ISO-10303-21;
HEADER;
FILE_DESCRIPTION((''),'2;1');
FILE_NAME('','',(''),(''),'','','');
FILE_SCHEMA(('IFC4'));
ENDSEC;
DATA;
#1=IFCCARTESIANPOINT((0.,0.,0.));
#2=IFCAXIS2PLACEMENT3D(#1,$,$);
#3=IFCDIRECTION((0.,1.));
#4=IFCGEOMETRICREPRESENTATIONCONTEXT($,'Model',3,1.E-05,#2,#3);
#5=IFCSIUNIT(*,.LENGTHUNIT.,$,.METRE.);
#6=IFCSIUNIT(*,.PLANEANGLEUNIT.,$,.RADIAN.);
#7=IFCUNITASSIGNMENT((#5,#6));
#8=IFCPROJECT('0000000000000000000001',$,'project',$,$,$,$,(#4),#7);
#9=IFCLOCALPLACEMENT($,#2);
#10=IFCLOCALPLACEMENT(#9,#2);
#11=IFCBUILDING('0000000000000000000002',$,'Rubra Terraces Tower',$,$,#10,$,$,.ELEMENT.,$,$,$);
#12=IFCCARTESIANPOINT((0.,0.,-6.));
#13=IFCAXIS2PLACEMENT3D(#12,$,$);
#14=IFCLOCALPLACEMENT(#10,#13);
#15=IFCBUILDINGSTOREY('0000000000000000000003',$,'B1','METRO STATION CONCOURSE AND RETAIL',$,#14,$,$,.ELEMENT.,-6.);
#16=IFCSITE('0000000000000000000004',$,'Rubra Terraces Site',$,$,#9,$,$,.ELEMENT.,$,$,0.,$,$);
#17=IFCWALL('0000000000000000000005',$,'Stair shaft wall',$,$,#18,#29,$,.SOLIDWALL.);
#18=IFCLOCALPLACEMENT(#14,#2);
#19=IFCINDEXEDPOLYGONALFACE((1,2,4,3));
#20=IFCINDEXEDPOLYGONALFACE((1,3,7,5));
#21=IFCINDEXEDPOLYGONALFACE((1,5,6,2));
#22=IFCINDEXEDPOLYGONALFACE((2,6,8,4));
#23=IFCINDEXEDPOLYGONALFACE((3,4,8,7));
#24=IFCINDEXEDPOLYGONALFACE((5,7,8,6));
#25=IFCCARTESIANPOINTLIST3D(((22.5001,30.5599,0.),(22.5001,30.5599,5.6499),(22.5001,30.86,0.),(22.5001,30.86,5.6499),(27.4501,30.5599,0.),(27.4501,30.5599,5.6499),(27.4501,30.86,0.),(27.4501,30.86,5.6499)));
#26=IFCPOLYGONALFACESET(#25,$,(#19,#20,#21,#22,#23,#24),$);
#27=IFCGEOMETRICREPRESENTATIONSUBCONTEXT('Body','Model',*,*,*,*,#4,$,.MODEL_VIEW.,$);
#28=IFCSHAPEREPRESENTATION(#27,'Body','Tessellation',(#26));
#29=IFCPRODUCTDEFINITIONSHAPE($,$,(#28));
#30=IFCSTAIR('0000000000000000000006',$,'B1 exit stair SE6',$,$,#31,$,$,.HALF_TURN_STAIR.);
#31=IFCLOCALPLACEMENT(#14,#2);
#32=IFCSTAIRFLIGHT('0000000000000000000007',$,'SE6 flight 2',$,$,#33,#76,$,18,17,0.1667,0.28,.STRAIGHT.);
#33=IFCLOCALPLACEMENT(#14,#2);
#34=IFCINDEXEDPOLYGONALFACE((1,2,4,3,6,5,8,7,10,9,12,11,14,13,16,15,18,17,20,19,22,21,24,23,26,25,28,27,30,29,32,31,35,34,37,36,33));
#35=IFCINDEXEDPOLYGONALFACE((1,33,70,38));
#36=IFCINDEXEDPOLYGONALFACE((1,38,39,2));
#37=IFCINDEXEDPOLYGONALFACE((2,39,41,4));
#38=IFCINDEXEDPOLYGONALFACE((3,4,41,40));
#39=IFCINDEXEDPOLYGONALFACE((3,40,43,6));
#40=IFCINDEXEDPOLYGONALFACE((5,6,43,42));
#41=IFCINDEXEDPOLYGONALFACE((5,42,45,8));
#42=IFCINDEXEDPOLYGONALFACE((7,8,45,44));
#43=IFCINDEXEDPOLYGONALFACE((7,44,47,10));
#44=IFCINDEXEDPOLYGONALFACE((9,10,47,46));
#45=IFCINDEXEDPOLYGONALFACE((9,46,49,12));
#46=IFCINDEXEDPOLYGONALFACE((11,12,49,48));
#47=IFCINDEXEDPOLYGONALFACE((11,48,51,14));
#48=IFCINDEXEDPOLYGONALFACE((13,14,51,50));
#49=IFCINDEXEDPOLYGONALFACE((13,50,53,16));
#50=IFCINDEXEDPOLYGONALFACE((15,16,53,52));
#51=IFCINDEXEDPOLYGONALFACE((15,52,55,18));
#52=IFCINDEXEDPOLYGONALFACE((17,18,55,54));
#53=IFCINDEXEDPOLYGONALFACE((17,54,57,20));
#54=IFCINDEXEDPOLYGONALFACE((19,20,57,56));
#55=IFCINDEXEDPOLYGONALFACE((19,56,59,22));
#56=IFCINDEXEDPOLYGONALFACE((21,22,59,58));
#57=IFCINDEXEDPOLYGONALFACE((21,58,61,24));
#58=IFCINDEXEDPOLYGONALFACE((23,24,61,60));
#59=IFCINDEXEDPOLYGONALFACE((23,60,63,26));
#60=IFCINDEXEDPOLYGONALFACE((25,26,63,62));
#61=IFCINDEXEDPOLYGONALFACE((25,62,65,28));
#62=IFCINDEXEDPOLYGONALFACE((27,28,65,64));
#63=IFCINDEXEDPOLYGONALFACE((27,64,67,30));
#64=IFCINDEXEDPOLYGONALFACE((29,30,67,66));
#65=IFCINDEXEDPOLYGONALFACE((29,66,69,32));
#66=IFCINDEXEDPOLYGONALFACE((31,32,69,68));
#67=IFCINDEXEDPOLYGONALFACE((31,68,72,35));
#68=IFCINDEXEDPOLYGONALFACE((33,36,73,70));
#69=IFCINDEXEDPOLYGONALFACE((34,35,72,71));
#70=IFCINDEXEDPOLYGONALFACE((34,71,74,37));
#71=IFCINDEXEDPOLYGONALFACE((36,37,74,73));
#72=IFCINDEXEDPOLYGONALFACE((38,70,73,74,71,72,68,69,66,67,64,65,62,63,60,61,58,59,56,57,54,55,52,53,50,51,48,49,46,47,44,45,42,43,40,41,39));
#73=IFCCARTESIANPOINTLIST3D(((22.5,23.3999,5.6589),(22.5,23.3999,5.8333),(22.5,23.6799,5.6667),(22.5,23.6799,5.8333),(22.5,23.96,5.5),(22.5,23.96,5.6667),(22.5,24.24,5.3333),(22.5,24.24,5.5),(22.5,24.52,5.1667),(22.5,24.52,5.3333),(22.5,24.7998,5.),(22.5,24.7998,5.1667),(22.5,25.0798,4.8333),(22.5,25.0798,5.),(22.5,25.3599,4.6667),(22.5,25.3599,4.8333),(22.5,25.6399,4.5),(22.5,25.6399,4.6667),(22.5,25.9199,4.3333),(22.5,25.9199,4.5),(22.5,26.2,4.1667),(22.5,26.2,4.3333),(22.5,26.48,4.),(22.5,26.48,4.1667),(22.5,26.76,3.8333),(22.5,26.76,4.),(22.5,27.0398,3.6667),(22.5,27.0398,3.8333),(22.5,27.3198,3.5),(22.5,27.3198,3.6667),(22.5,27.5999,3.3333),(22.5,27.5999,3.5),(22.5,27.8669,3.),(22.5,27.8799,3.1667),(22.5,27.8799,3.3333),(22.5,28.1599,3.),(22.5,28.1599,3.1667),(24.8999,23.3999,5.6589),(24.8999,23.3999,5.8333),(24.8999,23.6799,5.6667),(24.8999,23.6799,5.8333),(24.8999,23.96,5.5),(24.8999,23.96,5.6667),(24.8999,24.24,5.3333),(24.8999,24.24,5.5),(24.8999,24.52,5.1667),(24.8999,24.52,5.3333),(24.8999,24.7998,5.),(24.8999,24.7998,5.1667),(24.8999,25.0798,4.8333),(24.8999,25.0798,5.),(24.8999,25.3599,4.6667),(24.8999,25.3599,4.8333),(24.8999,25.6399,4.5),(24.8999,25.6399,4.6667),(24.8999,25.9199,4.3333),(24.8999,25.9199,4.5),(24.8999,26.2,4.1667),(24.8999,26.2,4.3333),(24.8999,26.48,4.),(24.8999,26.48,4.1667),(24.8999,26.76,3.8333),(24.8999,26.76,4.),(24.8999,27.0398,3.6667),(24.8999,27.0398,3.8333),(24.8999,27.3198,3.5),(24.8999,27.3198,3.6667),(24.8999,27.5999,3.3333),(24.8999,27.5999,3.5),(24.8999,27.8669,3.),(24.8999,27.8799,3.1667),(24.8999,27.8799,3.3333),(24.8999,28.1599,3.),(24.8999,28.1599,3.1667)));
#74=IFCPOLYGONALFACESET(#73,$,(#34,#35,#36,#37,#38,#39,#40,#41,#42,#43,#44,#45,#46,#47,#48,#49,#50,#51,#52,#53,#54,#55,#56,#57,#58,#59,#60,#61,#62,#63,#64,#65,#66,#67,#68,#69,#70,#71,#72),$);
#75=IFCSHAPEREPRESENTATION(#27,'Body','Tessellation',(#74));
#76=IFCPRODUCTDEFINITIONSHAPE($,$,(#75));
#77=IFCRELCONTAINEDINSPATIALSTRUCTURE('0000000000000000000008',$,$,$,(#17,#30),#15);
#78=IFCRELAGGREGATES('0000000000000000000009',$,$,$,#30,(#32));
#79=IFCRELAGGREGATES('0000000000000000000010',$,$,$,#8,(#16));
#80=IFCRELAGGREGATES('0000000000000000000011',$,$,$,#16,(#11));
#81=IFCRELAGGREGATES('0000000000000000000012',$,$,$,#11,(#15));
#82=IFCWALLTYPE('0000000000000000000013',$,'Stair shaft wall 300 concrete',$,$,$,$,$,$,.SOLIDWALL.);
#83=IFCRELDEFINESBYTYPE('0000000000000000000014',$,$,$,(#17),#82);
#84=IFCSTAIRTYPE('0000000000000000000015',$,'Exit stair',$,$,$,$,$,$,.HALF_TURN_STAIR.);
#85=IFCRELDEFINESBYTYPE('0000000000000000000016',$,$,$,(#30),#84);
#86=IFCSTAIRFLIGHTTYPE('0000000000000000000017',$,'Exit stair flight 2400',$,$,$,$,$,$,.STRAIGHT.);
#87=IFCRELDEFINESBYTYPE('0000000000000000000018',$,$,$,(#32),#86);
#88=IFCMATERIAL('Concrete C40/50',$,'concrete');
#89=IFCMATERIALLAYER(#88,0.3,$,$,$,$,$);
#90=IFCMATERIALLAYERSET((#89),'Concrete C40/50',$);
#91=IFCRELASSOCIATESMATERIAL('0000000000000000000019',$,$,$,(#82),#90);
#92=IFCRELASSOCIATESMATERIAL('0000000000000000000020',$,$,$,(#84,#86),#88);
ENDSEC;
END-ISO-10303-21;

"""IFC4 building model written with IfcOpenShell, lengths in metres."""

from ifc_helpers import new_model, si_unit, direction, frame, frame_2d, origin, place, context, subcontext, project, spatial, polyline, rectangle, outline, extrude, material, layer, layer_set, type_object, element, aggregate, save


model = new_model("IFC4")

# Units and contexts
model_context = context("Model", 3, precision=1e-05, world=origin(), true_north=direction((0.0, 1.0)))
body_context = subcontext(model_context, "Body", "Model", "MODEL_VIEW")
ifc_project = project(units=[si_unit("LENGTHUNIT", "METRE"), si_unit("PLANEANGLEUNIT", "RADIAN")], contexts=[model_context])

# Site, building, storey
site_placement = place(None, origin())
site = spatial("IfcSite", under=ifc_project, at=site_placement, Name="Rubra Terraces Site", CompositionType="ELEMENT", RefElevation=0.0)
building_placement = place(site_placement, origin())
building = spatial("IfcBuilding", under=site, at=building_placement, Name="Rubra Terraces Tower", CompositionType="ELEMENT")
storey_placement = place(building_placement, frame((0.0, 0.0, -6.0)))
storey = spatial("IfcBuildingStorey", under=building, at=storey_placement, Name="B1", Description="METRO STATION CONCOURSE AND RETAIL", CompositionType="ELEMENT", Elevation=-6.0)

# Shared definitions
ifc_material_1 = material(Name="Concrete C40/50", Category="concrete")

# Wall
ifc_layer_1 = layer(ifc_material_1, 0.3)
ifc_layer_set_1 = layer_set([ifc_layer_1], Name="Concrete C40/50")
wall_type_1 = type_object("IfcWallType", Name="Stair shaft wall 300 concrete", PredefinedType="SOLIDWALL", material=ifc_layer_set_1)
wall_1_placement = place(storey_placement, frame((22.5, 30.71, 0.0), z_axis=(0.0, 0.0, 1.0), x_axis=(1.0, 0.0, 0.0)))
element("IfcWall", 1, at=wall_1_placement, inside=storey, type_object=wall_type_1, Name="Stair shaft wall", PredefinedType="SOLIDWALL", context=body_context, shape_type="SweptSolid", body=[
    extrude(rectangle(XDim=4.95, YDim=0.3, at=frame_2d((2.4751, 0.0))), origin(), (0.0, 0.0, 1.0), 5.6499),
])

# Stair, stair flight
stair_type = type_object("IfcStairType", Name="Exit stair", PredefinedType="HALF_TURN_STAIR", material=ifc_material_1)
stair_placement = place(storey_placement, origin())
stair = element("IfcStair", 2, at=stair_placement, inside=storey, type_object=stair_type, Name="B1 exit stair SE6", PredefinedType="HALF_TURN_STAIR")
stair_flight_type = type_object("IfcStairFlightType", Name="Exit stair flight 2400", PredefinedType="STRAIGHT", material=ifc_material_1)
stair_flight_placement = place(storey_placement, frame((23.7, 28.1599, 3.0), z_axis=(0.0, 0.0, 1.0), x_axis=(0.0, -1.0, 0.0)))
stair_flight = element("IfcStairFlight", 3, at=stair_flight_placement, type_object=stair_flight_type, Name="SE6 flight 2", NumberOfRisers=18, NumberOfTreads=17, PredefinedType="STRAIGHT", RiserHeight=0.1667, TreadLength=0.28, context=body_context, shape_type="SweptSolid", body=[
    extrude(outline(polyline([(0.0, 0.0), (0.0, 0.1667), (0.28, 0.1667), (0.28, 0.3333), (0.5601, 0.3333), (0.5601, 0.5), (0.8401, 0.5), (0.8401, 0.6667), (1.1201, 0.6667), (1.1201, 0.8333), (1.3999, 0.8333), (1.3999, 1.0), (1.6799, 1.0), (1.6799, 1.1667), (1.96, 1.1667), (1.96, 1.3333), (2.24, 1.3333), (2.24, 1.5), (2.52, 1.5), (2.52, 1.6667), (2.8, 1.6667), (2.8, 1.8333), (3.0801, 1.8333), (3.0801, 2.0), (3.3601, 2.0), (3.3601, 2.1667), (3.6399, 2.1667), (3.6399, 2.3333), (3.9199, 2.3333), (3.9199, 2.5), (4.2, 2.5), (4.2, 2.6667), (4.48, 2.6667), (4.48, 2.8333), (4.76, 2.8333), (4.76, 3.0), (4.76, 2.6589), (0.293, 0.0), (0.0, 0.0)])), frame((0.0, 1.2, 0.0), z_axis=(0.0, -1.0, 0.0), x_axis=(1.0, 0.0, 0.0)), (0.0, 0.0, 1.0), 2.3999),
])
aggregate(stair, [stair_flight])

save(model, "model.ifc")
